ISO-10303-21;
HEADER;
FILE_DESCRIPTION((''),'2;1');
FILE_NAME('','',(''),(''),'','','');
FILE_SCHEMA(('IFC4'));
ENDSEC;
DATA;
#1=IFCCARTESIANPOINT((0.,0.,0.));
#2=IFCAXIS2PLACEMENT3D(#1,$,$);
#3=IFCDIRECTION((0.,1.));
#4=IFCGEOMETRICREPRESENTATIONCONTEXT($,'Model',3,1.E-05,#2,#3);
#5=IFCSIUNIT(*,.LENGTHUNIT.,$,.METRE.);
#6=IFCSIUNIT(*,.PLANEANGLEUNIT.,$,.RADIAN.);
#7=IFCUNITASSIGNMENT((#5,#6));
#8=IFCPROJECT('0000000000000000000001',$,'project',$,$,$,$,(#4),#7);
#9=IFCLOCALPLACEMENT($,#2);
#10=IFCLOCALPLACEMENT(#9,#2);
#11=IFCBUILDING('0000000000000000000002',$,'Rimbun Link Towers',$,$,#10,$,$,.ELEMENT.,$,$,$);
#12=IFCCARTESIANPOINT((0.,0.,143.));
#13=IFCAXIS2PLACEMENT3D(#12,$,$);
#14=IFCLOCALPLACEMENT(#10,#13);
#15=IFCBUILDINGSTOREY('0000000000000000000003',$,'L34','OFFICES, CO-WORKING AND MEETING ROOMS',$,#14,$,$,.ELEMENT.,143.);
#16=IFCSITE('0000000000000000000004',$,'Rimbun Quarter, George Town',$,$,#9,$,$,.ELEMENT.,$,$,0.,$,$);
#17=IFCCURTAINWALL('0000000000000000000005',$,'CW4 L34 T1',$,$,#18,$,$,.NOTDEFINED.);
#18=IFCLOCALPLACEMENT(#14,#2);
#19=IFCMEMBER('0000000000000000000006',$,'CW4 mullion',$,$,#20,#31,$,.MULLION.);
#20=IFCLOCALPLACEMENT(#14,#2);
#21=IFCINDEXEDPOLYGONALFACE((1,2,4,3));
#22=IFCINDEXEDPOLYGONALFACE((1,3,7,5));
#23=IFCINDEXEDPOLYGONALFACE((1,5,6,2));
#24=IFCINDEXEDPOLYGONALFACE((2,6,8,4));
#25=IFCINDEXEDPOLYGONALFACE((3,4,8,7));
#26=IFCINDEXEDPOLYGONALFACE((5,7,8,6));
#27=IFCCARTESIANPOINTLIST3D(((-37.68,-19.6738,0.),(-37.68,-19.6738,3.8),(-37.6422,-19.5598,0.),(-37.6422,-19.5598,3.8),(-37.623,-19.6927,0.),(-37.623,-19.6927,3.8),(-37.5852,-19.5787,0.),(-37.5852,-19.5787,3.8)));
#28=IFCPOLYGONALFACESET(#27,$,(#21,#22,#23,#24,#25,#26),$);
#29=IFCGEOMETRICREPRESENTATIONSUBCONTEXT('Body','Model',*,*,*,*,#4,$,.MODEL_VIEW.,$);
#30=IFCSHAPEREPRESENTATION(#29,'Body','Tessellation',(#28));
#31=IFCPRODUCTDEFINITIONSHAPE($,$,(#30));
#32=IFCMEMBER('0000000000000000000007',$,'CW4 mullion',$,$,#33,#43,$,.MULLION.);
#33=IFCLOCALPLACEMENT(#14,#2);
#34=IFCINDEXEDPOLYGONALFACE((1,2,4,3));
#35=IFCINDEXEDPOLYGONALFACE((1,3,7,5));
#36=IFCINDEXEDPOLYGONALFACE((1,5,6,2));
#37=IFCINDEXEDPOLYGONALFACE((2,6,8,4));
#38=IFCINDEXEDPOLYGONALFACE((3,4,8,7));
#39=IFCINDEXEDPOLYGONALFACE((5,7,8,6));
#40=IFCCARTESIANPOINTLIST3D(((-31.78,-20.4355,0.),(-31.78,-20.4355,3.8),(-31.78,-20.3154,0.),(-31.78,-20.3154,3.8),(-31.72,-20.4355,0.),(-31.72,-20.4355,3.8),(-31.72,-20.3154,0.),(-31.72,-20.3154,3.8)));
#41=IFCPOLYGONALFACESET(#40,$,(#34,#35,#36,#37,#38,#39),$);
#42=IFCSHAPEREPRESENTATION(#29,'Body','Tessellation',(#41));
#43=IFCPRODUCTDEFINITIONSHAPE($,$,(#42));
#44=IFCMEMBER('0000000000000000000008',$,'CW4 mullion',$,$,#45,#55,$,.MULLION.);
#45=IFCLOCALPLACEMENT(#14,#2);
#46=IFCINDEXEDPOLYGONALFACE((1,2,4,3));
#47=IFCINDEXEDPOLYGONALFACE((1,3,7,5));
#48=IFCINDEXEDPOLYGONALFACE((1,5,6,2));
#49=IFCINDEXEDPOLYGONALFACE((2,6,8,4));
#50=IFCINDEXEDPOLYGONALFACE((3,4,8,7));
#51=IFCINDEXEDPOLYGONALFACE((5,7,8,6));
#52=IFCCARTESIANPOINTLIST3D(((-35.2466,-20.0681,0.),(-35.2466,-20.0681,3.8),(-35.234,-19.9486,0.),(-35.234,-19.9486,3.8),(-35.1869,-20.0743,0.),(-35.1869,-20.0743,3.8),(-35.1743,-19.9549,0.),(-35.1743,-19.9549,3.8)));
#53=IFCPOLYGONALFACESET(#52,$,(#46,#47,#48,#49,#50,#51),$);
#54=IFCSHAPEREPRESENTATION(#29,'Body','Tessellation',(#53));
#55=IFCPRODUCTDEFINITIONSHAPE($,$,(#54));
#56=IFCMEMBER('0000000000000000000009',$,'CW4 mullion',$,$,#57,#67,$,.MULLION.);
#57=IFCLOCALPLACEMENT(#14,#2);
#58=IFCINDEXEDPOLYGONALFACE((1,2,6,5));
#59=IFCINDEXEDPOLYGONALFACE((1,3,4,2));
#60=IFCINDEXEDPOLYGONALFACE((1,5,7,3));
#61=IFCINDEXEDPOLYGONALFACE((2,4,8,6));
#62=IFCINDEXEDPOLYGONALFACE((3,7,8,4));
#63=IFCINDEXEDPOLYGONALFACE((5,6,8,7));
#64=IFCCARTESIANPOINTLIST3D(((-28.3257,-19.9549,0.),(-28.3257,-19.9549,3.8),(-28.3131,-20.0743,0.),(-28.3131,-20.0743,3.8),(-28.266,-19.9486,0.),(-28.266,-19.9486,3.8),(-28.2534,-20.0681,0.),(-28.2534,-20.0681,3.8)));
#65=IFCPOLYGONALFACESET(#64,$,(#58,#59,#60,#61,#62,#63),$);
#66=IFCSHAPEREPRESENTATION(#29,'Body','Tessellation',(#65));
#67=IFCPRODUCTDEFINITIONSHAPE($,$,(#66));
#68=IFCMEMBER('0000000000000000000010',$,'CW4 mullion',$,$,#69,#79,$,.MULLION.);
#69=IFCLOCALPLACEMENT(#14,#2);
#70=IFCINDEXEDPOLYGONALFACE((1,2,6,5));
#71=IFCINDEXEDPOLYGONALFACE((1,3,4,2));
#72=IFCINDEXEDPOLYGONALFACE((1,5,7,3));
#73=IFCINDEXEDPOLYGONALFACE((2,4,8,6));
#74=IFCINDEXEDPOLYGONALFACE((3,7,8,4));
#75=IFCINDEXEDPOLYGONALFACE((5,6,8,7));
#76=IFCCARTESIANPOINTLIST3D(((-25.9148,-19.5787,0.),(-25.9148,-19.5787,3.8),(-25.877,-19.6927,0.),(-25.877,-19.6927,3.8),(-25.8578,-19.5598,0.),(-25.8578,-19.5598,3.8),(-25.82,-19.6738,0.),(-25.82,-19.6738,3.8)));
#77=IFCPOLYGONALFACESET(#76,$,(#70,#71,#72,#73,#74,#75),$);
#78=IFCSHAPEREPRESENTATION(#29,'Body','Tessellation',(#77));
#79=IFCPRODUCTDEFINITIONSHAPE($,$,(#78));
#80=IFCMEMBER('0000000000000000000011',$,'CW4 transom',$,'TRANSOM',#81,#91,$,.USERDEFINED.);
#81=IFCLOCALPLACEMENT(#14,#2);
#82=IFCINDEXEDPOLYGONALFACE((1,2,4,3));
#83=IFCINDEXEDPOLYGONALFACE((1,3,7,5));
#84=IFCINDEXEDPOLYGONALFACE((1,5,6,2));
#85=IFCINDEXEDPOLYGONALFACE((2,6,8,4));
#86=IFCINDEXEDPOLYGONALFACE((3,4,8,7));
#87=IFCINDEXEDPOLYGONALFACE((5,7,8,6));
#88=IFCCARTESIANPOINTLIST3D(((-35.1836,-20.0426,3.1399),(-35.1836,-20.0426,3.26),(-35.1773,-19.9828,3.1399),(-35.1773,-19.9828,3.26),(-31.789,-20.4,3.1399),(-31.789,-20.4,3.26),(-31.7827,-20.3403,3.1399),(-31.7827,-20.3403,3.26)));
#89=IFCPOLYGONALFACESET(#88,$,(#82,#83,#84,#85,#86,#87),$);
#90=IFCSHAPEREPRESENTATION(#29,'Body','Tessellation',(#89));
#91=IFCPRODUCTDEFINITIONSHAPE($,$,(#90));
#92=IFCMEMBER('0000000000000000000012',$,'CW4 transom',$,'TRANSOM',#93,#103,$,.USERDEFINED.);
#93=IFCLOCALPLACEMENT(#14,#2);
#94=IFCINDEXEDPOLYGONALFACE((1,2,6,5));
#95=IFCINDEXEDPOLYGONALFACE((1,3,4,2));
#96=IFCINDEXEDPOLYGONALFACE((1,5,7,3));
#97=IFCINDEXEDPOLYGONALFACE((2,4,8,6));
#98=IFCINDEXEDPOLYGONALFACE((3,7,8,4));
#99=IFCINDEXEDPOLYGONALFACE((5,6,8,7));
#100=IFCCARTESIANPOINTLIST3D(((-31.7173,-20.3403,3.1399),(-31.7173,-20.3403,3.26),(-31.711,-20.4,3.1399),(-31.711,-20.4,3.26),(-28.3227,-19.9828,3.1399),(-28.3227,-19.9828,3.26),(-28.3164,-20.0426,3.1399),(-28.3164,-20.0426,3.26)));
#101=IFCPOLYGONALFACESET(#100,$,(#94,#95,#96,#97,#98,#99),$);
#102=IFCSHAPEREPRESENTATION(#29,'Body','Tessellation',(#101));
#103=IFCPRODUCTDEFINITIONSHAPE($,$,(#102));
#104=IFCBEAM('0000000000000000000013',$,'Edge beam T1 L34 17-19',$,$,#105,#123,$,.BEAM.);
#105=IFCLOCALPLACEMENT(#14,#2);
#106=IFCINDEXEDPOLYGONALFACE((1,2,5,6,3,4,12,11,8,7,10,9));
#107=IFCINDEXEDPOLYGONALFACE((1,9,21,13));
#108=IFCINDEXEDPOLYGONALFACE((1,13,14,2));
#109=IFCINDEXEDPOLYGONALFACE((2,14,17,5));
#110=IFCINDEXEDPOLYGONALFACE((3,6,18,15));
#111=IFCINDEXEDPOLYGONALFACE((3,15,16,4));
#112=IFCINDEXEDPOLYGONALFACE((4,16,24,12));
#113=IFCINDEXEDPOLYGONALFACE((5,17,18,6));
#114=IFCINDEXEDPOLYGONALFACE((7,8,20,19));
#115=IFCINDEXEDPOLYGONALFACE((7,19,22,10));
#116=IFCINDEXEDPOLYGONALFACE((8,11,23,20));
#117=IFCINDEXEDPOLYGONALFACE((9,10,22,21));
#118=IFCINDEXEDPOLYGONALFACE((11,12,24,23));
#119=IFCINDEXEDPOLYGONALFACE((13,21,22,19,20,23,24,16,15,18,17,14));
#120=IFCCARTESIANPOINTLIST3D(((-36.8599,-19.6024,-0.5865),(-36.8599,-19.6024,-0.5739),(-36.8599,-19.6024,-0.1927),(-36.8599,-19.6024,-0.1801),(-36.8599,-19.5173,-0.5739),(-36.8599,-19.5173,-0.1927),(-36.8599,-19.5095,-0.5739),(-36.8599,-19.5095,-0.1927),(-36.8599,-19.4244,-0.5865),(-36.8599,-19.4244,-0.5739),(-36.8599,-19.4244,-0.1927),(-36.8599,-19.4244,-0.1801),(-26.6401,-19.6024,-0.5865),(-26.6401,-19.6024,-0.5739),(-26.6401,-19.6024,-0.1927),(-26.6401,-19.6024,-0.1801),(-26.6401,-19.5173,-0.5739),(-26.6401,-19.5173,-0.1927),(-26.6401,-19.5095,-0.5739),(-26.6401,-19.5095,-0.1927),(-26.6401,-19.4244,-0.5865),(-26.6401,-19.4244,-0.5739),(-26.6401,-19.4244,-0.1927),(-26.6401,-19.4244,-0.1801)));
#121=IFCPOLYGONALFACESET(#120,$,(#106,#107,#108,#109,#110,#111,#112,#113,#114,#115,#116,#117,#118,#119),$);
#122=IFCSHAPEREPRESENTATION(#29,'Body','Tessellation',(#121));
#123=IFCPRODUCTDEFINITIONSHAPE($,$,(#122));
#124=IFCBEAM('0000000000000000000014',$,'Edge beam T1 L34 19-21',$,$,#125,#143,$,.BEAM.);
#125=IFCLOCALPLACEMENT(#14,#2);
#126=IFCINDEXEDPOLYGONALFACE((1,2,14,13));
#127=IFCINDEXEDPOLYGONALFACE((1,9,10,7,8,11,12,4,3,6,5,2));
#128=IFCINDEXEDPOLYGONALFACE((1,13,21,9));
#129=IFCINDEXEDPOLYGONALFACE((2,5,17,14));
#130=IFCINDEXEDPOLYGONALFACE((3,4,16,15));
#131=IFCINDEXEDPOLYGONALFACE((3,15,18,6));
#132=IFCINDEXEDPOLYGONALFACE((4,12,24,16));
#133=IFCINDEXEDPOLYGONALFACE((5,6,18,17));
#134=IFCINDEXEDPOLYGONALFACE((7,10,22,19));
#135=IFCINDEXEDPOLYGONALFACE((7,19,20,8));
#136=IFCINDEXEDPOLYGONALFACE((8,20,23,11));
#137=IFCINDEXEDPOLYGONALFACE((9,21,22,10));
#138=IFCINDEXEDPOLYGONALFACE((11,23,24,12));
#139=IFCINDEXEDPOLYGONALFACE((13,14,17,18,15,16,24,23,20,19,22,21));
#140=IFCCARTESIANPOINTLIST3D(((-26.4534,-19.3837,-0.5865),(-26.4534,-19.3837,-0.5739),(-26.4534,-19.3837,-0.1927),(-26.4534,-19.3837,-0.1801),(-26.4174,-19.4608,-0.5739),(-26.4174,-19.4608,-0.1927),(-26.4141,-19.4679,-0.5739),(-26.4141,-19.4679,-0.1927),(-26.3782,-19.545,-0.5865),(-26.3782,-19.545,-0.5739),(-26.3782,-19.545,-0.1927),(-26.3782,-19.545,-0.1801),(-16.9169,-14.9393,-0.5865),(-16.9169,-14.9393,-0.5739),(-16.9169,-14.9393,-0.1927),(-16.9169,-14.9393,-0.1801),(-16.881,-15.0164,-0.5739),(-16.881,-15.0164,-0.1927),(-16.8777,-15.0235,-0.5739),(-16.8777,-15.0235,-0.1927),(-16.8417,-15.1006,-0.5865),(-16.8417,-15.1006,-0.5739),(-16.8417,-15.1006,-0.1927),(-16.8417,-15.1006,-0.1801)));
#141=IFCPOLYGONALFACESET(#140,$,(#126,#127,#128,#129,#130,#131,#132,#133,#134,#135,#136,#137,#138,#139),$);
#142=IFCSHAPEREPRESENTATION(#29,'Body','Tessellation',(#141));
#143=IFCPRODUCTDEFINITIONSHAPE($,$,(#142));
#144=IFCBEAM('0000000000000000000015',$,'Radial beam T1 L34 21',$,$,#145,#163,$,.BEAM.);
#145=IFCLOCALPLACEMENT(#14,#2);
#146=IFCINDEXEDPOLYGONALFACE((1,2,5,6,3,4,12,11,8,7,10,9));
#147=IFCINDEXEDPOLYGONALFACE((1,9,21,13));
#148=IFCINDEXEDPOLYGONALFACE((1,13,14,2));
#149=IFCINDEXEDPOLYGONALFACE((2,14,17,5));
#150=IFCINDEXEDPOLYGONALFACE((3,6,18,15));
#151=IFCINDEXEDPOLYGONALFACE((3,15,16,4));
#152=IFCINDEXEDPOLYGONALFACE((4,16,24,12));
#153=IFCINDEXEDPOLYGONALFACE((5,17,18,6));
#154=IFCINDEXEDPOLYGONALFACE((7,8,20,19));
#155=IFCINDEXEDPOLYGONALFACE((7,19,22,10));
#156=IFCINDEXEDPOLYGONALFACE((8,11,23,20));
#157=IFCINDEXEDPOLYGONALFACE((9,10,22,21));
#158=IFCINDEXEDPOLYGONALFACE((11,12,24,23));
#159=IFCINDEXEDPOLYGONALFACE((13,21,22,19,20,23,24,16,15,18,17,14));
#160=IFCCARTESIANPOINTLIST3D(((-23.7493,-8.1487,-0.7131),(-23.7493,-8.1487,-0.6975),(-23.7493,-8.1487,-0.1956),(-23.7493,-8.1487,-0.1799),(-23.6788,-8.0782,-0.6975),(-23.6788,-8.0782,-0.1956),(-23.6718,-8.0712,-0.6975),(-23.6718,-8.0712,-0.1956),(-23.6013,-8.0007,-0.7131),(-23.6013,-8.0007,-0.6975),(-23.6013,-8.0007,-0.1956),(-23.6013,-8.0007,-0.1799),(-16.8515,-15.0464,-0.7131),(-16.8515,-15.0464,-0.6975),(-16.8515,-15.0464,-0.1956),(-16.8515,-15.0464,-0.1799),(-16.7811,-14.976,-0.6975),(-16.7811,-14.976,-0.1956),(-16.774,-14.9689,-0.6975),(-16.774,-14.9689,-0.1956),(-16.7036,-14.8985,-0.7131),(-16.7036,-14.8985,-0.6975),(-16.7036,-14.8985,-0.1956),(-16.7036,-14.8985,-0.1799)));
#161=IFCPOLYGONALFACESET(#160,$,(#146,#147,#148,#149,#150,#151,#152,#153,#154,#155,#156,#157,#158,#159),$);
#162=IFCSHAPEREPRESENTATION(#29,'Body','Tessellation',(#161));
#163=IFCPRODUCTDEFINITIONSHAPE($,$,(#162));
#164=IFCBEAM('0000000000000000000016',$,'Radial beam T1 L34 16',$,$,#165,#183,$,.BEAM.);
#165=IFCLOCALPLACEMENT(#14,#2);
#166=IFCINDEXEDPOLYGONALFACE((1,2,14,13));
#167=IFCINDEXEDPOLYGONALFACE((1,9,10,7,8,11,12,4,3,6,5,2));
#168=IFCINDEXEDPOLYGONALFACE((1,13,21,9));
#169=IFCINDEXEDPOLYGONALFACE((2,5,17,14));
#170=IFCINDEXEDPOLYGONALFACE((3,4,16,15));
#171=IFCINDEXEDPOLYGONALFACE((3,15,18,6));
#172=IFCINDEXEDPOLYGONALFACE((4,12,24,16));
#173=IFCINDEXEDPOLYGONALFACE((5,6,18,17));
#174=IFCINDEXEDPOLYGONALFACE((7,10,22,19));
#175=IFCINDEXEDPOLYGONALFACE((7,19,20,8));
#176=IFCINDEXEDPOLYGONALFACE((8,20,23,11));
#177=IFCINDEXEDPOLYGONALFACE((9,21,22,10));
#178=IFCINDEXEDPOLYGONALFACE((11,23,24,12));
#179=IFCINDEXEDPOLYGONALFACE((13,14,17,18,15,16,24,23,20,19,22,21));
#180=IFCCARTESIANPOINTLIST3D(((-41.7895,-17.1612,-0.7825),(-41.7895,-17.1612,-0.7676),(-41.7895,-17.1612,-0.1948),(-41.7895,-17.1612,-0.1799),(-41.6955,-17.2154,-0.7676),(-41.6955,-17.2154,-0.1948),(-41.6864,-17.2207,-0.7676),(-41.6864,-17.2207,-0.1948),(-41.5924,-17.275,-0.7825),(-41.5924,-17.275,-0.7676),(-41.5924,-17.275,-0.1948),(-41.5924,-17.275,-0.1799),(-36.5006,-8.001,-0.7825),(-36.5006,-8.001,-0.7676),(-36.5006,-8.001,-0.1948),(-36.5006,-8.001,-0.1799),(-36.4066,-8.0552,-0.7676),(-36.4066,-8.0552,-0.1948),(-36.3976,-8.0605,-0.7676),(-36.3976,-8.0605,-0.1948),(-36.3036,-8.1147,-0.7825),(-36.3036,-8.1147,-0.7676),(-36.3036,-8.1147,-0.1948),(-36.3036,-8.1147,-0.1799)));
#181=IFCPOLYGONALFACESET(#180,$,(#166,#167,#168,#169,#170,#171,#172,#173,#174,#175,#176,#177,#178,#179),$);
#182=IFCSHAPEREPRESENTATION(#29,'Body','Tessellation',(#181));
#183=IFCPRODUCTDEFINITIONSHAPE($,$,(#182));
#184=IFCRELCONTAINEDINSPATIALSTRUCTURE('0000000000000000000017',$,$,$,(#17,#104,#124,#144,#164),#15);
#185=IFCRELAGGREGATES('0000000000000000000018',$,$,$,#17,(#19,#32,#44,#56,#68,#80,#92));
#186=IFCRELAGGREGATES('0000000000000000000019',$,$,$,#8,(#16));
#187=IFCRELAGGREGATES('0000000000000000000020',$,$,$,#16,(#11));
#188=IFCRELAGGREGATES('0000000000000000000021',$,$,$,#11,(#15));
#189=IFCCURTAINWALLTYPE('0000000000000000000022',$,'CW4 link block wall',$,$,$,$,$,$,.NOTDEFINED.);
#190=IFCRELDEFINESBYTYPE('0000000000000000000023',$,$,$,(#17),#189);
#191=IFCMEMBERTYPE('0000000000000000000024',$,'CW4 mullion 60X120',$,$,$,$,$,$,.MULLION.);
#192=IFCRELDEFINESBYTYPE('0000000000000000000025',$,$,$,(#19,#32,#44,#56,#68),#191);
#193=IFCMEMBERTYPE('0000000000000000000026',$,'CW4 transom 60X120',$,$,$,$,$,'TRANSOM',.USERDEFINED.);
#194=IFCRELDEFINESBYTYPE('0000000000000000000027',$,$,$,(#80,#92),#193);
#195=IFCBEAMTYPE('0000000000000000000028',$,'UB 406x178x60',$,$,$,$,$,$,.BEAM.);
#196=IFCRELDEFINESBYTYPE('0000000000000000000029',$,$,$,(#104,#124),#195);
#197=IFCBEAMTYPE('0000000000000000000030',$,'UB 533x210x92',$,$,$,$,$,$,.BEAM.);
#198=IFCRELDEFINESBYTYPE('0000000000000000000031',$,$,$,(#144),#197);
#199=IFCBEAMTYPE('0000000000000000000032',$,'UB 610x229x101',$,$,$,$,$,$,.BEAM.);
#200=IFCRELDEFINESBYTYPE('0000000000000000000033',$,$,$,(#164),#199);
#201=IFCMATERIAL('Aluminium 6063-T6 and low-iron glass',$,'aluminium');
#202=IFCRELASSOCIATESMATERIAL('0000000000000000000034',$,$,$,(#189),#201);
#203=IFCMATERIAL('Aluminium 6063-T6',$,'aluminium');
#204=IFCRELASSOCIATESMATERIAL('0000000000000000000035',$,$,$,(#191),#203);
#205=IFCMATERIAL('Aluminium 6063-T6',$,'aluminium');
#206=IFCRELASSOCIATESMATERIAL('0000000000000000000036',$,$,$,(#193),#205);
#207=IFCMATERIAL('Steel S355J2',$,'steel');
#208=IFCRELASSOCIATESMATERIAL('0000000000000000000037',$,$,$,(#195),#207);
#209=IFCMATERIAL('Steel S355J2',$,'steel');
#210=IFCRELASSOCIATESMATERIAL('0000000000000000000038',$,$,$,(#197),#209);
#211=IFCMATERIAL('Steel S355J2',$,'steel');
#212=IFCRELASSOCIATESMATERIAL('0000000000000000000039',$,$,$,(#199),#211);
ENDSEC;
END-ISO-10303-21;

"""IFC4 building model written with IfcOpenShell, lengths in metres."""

from ifc_helpers import new_model, si_unit, direction, frame, origin, origin_2d, place, context, subcontext, project, spatial, rectangle, i_section, extrude, material, material_profile, profile_set, type_object, element, aggregate, save


model = new_model("IFC4")

# Units and contexts
model_context = context("Model", 3, precision=1e-05, world=origin(), true_north=direction((0.0, 1.0)))
body_context = subcontext(model_context, "Body", "Model", "MODEL_VIEW")
ifc_project = project(units=[si_unit("LENGTHUNIT", "METRE"), si_unit("PLANEANGLEUNIT", "RADIAN")], contexts=[model_context])

# Site, building, storey
site_placement = place(None, origin())
site = spatial("IfcSite", under=ifc_project, at=site_placement, Name="Rimbun Quarter, George Town", CompositionType="ELEMENT", RefElevation=0.0)
building_placement = place(site_placement, origin())
building = spatial("IfcBuilding", under=site, at=building_placement, Name="Rimbun Link Towers", CompositionType="ELEMENT")
storey_placement = place(building_placement, frame((0.0, 0.0, 143.0)))
storey = spatial("IfcBuildingStorey", under=building, at=storey_placement, Name="L34", Description="OFFICES, CO-WORKING AND MEETING ROOMS", CompositionType="ELEMENT", Elevation=143.0)

# Curtain wall, members
ifc_material_1 = material(Name="Aluminium 6063-T6 and low-iron glass", Category="aluminium")
curtain_wall_type = type_object("IfcCurtainWallType", Name="CW4 link block wall", PredefinedType="NOTDEFINED", material=ifc_material_1)
curtain_wall_placement = place(storey_placement, origin())
curtain_wall = element("IfcCurtainWall", 1, at=curtain_wall_placement, inside=storey, type_object=curtain_wall_type, Name="CW4 L34 T1", PredefinedType="NOTDEFINED")
ifc_material_2 = material(Name="Aluminium 6063-T6", Category="aluminium")
ifc_material_profile_1 = material_profile(ifc_material_2, rectangle(XDim=0.1201, YDim=0.0601, at=origin_2d()), Name="MULLION 60X120")
ifc_profile_set_1 = profile_set([ifc_material_profile_1], Name="Aluminium 6063-T6")
member_type_1 = type_object("IfcMemberType", Name="CW4 mullion 60X120", PredefinedType="MULLION", material=ifc_profile_set_1)
member_1_placement = place(storey_placement, frame((-37.6326, -19.6262, 0.0), z_axis=(0.0, 0.0, 1.0), x_axis=(-0.314568, -0.949235, 0.0)))
member_1 = element("IfcMember", 2, at=member_1_placement, type_object=member_type_1, Name="CW4 mullion", PredefinedType="MULLION", context=body_context, shape_type="SweptSolid", body=[
    extrude(rectangle(XDim=0.1201, YDim=0.0601, at=origin_2d()), origin(), (0.0, 0.0, 1.0), 3.8),
])
member_2_placement = place(storey_placement, frame((-31.75, -20.3755, 0.0), z_axis=(0.0, 0.0, 1.0), x_axis=(0.0, -1.0, 0.0)))
member_2 = element("IfcMember", 3, at=member_2_placement, type_object=member_type_1, Name="CW4 mullion", PredefinedType="MULLION", context=body_context, shape_type="SweptSolid", body=[
    extrude(rectangle(XDim=0.1201, YDim=0.0601, at=origin_2d()), origin(), (0.0, 0.0, 1.0), 3.8),
])
member_3_placement = place(storey_placement, frame((-35.2104, -20.0115, 0.0), z_axis=(0.0, 0.0, 1.0), x_axis=(-0.104745, -0.994499, 0.0)))
member_3 = element("IfcMember", 4, at=member_3_placement, type_object=member_type_1, Name="CW4 mullion", PredefinedType="MULLION", context=body_context, shape_type="SweptSolid", body=[
    extrude(rectangle(XDim=0.1201, YDim=0.0601, at=origin_2d()), origin(), (0.0, 0.0, 1.0), 3.8),
])
member_4_placement = place(storey_placement, frame((-28.2896, -20.0115, 0.0), z_axis=(0.0, 0.0, 1.0), x_axis=(0.104745, -0.994499, 0.0)))
member_4 = element("IfcMember", 5, at=member_4_placement, type_object=member_type_1, Name="CW4 mullion", PredefinedType="MULLION", context=body_context, shape_type="SweptSolid", body=[
    extrude(rectangle(XDim=0.1201, YDim=0.0601, at=origin_2d()), origin(), (0.0, 0.0, 1.0), 3.8),
])
member_5_placement = place(storey_placement, frame((-25.8674, -19.6262, 0.0), z_axis=(0.0, 0.0, 1.0), x_axis=(0.314568, -0.949235, 0.0)))
member_5 = element("IfcMember", 6, at=member_5_placement, type_object=member_type_1, Name="CW4 mullion", PredefinedType="MULLION", context=body_context, shape_type="SweptSolid", body=[
    extrude(rectangle(XDim=0.1201, YDim=0.0601, at=origin_2d()), origin(), (0.0, 0.0, 1.0), 3.8),
])
ifc_material_3 = material(Name="Aluminium 6063-T6", Category="aluminium")
ifc_material_profile_2 = material_profile(ifc_material_3, rectangle(XDim=0.0601, YDim=0.1201, at=origin_2d()), Name="TRANSOM 60X120")
ifc_profile_set_2 = profile_set([ifc_material_profile_2], Name="Aluminium 6063-T6")
member_type_2 = type_object("IfcMemberType", Name="CW4 transom 60X120", ElementType="TRANSOM", PredefinedType="USERDEFINED", material=ifc_profile_set_2)
member_6_placement = place(storey_placement, frame((-31.7859, -20.3701, 3.2), z_axis=(-0.994502, 0.104715, 0.0), x_axis=(-0.104715, -0.994502, 0.0)))
member_6 = element("IfcMember", 7, at=member_6_placement, type_object=member_type_2, Name="CW4 transom", ObjectType="TRANSOM", PredefinedType="USERDEFINED", context=body_context, shape_type="SweptSolid", body=[
    extrude(rectangle(XDim=0.0601, YDim=0.1201, at=origin_2d()), origin(), (0.0, 0.0, 1.0), 3.4133),
])
member_7_placement = place(storey_placement, frame((-28.3196, -20.0127, 3.2), z_axis=(-0.994502, -0.104715, 0.0), x_axis=(0.104715, -0.994502, 0.0)))
member_7 = element("IfcMember", 8, at=member_7_placement, type_object=member_type_2, Name="CW4 transom", ObjectType="TRANSOM", PredefinedType="USERDEFINED", context=body_context, shape_type="SweptSolid", body=[
    extrude(rectangle(XDim=0.0601, YDim=0.1201, at=origin_2d()), origin(), (0.0, 0.0, 1.0), 3.4133),
])

# Beams
ifc_material_4 = material(Name="Steel S355J2", Category="steel")
ifc_material_profile_3 = material_profile(ifc_material_4, i_section(OverallWidth=0.178, OverallDepth=0.4065, WebThickness=0.0078, FlangeThickness=0.0127, at=origin_2d()), Name="UB 406x178x60")
ifc_profile_set_3 = profile_set([ifc_material_profile_3], Name="Steel S355J2")
beam_type_1 = type_object("IfcBeamType", Name="UB 406x178x60", PredefinedType="BEAM", material=ifc_profile_set_3)
beam_1_placement = place(storey_placement, frame((-36.8599, -19.5134, -0.3833), z_axis=(1.0, 0.0, 0.0), x_axis=(0.0, 1.0, 0.0)))
element("IfcBeam", 9, at=beam_1_placement, inside=storey, type_object=beam_type_1, Name="Edge beam T1 L34 17-19", PredefinedType="BEAM", context=body_context, shape_type="SweptSolid", body=[
    extrude(i_section(OverallWidth=0.178, OverallDepth=0.4065, WebThickness=0.0078, FlangeThickness=0.0127, at=origin_2d()), origin(), (0.0, 0.0, 1.0), 10.2197),
])
beam_2_placement = place(storey_placement, frame((-26.4158, -19.4644, -0.3833), z_axis=(0.906401, 0.422419, 0.0), x_axis=(-0.422419, 0.906401, 0.0)))
element("IfcBeam", 10, at=beam_2_placement, inside=storey, type_object=beam_type_1, Name="Edge beam T1 L34 19-21", PredefinedType="BEAM", context=body_context, shape_type="SweptSolid", body=[
    extrude(i_section(OverallWidth=0.178, OverallDepth=0.4065, WebThickness=0.0078, FlangeThickness=0.0127, at=origin_2d()), origin(), (0.0, 0.0, 1.0), 10.5212),
])
ifc_material_5 = material(Name="Steel S355J2", Category="steel")
ifc_material_profile_4 = material_profile(ifc_material_5, i_section(OverallWidth=0.2092, OverallDepth=0.5332, WebThickness=0.01, FlangeThickness=0.0156, at=origin_2d()), Name="UB 533x210x92")
ifc_profile_set_4 = profile_set([ifc_material_profile_4], Name="Steel S355J2")
beam_type_2 = type_object("IfcBeamType", Name="UB 533x210x92", PredefinedType="BEAM", material=ifc_profile_set_4)
beam_3_placement = place(storey_placement, frame((-23.6753, -8.0747, -0.4465), z_axis=(0.707107, -0.707107, 0.0), x_axis=(0.707107, 0.707107, 0.0)))
element("IfcBeam", 11, at=beam_3_placement, inside=storey, type_object=beam_type_2, Name="Radial beam T1 L34 21", PredefinedType="BEAM", context=body_context, shape_type="SweptSolid", body=[
    extrude(i_section(OverallWidth=0.2092, OverallDepth=0.5332, WebThickness=0.01, FlangeThickness=0.0156, at=origin_2d()), origin(), (0.0, 0.0, 1.0), 9.7549),
])
ifc_material_6 = material(Name="Steel S355J2", Category="steel")
ifc_material_profile_5 = material_profile(ifc_material_6, i_section(OverallWidth=0.2275, OverallDepth=0.6025, WebThickness=0.0105, FlangeThickness=0.0149, at=origin_2d()), Name="UB 610x229x101")
ifc_profile_set_5 = profile_set([ifc_material_profile_5], Name="Steel S355J2")
beam_type_3 = type_object("IfcBeamType", Name="UB 610x229x101", PredefinedType="BEAM", material=ifc_profile_set_5)
beam_4_placement = place(storey_placement, frame((-36.4021, -8.0579, -0.4812), z_axis=(-0.500014, -0.866017, 0.0), x_axis=(0.866017, -0.500014, 0.0)))
element("IfcBeam", 12, at=beam_4_placement, inside=storey, type_object=beam_type_3, Name="Radial beam T1 L34 16", PredefinedType="BEAM", context=body_context, shape_type="SweptSolid", body=[
    extrude(i_section(OverallWidth=0.2275, OverallDepth=0.6025, WebThickness=0.0105, FlangeThickness=0.0149, at=origin_2d()), origin(), (0.0, 0.0, 1.0), 10.5774),
])

aggregate(curtain_wall, [member_1, member_2, member_3, member_4, member_5, member_6, member_7])

save(model, "model.ifc")
